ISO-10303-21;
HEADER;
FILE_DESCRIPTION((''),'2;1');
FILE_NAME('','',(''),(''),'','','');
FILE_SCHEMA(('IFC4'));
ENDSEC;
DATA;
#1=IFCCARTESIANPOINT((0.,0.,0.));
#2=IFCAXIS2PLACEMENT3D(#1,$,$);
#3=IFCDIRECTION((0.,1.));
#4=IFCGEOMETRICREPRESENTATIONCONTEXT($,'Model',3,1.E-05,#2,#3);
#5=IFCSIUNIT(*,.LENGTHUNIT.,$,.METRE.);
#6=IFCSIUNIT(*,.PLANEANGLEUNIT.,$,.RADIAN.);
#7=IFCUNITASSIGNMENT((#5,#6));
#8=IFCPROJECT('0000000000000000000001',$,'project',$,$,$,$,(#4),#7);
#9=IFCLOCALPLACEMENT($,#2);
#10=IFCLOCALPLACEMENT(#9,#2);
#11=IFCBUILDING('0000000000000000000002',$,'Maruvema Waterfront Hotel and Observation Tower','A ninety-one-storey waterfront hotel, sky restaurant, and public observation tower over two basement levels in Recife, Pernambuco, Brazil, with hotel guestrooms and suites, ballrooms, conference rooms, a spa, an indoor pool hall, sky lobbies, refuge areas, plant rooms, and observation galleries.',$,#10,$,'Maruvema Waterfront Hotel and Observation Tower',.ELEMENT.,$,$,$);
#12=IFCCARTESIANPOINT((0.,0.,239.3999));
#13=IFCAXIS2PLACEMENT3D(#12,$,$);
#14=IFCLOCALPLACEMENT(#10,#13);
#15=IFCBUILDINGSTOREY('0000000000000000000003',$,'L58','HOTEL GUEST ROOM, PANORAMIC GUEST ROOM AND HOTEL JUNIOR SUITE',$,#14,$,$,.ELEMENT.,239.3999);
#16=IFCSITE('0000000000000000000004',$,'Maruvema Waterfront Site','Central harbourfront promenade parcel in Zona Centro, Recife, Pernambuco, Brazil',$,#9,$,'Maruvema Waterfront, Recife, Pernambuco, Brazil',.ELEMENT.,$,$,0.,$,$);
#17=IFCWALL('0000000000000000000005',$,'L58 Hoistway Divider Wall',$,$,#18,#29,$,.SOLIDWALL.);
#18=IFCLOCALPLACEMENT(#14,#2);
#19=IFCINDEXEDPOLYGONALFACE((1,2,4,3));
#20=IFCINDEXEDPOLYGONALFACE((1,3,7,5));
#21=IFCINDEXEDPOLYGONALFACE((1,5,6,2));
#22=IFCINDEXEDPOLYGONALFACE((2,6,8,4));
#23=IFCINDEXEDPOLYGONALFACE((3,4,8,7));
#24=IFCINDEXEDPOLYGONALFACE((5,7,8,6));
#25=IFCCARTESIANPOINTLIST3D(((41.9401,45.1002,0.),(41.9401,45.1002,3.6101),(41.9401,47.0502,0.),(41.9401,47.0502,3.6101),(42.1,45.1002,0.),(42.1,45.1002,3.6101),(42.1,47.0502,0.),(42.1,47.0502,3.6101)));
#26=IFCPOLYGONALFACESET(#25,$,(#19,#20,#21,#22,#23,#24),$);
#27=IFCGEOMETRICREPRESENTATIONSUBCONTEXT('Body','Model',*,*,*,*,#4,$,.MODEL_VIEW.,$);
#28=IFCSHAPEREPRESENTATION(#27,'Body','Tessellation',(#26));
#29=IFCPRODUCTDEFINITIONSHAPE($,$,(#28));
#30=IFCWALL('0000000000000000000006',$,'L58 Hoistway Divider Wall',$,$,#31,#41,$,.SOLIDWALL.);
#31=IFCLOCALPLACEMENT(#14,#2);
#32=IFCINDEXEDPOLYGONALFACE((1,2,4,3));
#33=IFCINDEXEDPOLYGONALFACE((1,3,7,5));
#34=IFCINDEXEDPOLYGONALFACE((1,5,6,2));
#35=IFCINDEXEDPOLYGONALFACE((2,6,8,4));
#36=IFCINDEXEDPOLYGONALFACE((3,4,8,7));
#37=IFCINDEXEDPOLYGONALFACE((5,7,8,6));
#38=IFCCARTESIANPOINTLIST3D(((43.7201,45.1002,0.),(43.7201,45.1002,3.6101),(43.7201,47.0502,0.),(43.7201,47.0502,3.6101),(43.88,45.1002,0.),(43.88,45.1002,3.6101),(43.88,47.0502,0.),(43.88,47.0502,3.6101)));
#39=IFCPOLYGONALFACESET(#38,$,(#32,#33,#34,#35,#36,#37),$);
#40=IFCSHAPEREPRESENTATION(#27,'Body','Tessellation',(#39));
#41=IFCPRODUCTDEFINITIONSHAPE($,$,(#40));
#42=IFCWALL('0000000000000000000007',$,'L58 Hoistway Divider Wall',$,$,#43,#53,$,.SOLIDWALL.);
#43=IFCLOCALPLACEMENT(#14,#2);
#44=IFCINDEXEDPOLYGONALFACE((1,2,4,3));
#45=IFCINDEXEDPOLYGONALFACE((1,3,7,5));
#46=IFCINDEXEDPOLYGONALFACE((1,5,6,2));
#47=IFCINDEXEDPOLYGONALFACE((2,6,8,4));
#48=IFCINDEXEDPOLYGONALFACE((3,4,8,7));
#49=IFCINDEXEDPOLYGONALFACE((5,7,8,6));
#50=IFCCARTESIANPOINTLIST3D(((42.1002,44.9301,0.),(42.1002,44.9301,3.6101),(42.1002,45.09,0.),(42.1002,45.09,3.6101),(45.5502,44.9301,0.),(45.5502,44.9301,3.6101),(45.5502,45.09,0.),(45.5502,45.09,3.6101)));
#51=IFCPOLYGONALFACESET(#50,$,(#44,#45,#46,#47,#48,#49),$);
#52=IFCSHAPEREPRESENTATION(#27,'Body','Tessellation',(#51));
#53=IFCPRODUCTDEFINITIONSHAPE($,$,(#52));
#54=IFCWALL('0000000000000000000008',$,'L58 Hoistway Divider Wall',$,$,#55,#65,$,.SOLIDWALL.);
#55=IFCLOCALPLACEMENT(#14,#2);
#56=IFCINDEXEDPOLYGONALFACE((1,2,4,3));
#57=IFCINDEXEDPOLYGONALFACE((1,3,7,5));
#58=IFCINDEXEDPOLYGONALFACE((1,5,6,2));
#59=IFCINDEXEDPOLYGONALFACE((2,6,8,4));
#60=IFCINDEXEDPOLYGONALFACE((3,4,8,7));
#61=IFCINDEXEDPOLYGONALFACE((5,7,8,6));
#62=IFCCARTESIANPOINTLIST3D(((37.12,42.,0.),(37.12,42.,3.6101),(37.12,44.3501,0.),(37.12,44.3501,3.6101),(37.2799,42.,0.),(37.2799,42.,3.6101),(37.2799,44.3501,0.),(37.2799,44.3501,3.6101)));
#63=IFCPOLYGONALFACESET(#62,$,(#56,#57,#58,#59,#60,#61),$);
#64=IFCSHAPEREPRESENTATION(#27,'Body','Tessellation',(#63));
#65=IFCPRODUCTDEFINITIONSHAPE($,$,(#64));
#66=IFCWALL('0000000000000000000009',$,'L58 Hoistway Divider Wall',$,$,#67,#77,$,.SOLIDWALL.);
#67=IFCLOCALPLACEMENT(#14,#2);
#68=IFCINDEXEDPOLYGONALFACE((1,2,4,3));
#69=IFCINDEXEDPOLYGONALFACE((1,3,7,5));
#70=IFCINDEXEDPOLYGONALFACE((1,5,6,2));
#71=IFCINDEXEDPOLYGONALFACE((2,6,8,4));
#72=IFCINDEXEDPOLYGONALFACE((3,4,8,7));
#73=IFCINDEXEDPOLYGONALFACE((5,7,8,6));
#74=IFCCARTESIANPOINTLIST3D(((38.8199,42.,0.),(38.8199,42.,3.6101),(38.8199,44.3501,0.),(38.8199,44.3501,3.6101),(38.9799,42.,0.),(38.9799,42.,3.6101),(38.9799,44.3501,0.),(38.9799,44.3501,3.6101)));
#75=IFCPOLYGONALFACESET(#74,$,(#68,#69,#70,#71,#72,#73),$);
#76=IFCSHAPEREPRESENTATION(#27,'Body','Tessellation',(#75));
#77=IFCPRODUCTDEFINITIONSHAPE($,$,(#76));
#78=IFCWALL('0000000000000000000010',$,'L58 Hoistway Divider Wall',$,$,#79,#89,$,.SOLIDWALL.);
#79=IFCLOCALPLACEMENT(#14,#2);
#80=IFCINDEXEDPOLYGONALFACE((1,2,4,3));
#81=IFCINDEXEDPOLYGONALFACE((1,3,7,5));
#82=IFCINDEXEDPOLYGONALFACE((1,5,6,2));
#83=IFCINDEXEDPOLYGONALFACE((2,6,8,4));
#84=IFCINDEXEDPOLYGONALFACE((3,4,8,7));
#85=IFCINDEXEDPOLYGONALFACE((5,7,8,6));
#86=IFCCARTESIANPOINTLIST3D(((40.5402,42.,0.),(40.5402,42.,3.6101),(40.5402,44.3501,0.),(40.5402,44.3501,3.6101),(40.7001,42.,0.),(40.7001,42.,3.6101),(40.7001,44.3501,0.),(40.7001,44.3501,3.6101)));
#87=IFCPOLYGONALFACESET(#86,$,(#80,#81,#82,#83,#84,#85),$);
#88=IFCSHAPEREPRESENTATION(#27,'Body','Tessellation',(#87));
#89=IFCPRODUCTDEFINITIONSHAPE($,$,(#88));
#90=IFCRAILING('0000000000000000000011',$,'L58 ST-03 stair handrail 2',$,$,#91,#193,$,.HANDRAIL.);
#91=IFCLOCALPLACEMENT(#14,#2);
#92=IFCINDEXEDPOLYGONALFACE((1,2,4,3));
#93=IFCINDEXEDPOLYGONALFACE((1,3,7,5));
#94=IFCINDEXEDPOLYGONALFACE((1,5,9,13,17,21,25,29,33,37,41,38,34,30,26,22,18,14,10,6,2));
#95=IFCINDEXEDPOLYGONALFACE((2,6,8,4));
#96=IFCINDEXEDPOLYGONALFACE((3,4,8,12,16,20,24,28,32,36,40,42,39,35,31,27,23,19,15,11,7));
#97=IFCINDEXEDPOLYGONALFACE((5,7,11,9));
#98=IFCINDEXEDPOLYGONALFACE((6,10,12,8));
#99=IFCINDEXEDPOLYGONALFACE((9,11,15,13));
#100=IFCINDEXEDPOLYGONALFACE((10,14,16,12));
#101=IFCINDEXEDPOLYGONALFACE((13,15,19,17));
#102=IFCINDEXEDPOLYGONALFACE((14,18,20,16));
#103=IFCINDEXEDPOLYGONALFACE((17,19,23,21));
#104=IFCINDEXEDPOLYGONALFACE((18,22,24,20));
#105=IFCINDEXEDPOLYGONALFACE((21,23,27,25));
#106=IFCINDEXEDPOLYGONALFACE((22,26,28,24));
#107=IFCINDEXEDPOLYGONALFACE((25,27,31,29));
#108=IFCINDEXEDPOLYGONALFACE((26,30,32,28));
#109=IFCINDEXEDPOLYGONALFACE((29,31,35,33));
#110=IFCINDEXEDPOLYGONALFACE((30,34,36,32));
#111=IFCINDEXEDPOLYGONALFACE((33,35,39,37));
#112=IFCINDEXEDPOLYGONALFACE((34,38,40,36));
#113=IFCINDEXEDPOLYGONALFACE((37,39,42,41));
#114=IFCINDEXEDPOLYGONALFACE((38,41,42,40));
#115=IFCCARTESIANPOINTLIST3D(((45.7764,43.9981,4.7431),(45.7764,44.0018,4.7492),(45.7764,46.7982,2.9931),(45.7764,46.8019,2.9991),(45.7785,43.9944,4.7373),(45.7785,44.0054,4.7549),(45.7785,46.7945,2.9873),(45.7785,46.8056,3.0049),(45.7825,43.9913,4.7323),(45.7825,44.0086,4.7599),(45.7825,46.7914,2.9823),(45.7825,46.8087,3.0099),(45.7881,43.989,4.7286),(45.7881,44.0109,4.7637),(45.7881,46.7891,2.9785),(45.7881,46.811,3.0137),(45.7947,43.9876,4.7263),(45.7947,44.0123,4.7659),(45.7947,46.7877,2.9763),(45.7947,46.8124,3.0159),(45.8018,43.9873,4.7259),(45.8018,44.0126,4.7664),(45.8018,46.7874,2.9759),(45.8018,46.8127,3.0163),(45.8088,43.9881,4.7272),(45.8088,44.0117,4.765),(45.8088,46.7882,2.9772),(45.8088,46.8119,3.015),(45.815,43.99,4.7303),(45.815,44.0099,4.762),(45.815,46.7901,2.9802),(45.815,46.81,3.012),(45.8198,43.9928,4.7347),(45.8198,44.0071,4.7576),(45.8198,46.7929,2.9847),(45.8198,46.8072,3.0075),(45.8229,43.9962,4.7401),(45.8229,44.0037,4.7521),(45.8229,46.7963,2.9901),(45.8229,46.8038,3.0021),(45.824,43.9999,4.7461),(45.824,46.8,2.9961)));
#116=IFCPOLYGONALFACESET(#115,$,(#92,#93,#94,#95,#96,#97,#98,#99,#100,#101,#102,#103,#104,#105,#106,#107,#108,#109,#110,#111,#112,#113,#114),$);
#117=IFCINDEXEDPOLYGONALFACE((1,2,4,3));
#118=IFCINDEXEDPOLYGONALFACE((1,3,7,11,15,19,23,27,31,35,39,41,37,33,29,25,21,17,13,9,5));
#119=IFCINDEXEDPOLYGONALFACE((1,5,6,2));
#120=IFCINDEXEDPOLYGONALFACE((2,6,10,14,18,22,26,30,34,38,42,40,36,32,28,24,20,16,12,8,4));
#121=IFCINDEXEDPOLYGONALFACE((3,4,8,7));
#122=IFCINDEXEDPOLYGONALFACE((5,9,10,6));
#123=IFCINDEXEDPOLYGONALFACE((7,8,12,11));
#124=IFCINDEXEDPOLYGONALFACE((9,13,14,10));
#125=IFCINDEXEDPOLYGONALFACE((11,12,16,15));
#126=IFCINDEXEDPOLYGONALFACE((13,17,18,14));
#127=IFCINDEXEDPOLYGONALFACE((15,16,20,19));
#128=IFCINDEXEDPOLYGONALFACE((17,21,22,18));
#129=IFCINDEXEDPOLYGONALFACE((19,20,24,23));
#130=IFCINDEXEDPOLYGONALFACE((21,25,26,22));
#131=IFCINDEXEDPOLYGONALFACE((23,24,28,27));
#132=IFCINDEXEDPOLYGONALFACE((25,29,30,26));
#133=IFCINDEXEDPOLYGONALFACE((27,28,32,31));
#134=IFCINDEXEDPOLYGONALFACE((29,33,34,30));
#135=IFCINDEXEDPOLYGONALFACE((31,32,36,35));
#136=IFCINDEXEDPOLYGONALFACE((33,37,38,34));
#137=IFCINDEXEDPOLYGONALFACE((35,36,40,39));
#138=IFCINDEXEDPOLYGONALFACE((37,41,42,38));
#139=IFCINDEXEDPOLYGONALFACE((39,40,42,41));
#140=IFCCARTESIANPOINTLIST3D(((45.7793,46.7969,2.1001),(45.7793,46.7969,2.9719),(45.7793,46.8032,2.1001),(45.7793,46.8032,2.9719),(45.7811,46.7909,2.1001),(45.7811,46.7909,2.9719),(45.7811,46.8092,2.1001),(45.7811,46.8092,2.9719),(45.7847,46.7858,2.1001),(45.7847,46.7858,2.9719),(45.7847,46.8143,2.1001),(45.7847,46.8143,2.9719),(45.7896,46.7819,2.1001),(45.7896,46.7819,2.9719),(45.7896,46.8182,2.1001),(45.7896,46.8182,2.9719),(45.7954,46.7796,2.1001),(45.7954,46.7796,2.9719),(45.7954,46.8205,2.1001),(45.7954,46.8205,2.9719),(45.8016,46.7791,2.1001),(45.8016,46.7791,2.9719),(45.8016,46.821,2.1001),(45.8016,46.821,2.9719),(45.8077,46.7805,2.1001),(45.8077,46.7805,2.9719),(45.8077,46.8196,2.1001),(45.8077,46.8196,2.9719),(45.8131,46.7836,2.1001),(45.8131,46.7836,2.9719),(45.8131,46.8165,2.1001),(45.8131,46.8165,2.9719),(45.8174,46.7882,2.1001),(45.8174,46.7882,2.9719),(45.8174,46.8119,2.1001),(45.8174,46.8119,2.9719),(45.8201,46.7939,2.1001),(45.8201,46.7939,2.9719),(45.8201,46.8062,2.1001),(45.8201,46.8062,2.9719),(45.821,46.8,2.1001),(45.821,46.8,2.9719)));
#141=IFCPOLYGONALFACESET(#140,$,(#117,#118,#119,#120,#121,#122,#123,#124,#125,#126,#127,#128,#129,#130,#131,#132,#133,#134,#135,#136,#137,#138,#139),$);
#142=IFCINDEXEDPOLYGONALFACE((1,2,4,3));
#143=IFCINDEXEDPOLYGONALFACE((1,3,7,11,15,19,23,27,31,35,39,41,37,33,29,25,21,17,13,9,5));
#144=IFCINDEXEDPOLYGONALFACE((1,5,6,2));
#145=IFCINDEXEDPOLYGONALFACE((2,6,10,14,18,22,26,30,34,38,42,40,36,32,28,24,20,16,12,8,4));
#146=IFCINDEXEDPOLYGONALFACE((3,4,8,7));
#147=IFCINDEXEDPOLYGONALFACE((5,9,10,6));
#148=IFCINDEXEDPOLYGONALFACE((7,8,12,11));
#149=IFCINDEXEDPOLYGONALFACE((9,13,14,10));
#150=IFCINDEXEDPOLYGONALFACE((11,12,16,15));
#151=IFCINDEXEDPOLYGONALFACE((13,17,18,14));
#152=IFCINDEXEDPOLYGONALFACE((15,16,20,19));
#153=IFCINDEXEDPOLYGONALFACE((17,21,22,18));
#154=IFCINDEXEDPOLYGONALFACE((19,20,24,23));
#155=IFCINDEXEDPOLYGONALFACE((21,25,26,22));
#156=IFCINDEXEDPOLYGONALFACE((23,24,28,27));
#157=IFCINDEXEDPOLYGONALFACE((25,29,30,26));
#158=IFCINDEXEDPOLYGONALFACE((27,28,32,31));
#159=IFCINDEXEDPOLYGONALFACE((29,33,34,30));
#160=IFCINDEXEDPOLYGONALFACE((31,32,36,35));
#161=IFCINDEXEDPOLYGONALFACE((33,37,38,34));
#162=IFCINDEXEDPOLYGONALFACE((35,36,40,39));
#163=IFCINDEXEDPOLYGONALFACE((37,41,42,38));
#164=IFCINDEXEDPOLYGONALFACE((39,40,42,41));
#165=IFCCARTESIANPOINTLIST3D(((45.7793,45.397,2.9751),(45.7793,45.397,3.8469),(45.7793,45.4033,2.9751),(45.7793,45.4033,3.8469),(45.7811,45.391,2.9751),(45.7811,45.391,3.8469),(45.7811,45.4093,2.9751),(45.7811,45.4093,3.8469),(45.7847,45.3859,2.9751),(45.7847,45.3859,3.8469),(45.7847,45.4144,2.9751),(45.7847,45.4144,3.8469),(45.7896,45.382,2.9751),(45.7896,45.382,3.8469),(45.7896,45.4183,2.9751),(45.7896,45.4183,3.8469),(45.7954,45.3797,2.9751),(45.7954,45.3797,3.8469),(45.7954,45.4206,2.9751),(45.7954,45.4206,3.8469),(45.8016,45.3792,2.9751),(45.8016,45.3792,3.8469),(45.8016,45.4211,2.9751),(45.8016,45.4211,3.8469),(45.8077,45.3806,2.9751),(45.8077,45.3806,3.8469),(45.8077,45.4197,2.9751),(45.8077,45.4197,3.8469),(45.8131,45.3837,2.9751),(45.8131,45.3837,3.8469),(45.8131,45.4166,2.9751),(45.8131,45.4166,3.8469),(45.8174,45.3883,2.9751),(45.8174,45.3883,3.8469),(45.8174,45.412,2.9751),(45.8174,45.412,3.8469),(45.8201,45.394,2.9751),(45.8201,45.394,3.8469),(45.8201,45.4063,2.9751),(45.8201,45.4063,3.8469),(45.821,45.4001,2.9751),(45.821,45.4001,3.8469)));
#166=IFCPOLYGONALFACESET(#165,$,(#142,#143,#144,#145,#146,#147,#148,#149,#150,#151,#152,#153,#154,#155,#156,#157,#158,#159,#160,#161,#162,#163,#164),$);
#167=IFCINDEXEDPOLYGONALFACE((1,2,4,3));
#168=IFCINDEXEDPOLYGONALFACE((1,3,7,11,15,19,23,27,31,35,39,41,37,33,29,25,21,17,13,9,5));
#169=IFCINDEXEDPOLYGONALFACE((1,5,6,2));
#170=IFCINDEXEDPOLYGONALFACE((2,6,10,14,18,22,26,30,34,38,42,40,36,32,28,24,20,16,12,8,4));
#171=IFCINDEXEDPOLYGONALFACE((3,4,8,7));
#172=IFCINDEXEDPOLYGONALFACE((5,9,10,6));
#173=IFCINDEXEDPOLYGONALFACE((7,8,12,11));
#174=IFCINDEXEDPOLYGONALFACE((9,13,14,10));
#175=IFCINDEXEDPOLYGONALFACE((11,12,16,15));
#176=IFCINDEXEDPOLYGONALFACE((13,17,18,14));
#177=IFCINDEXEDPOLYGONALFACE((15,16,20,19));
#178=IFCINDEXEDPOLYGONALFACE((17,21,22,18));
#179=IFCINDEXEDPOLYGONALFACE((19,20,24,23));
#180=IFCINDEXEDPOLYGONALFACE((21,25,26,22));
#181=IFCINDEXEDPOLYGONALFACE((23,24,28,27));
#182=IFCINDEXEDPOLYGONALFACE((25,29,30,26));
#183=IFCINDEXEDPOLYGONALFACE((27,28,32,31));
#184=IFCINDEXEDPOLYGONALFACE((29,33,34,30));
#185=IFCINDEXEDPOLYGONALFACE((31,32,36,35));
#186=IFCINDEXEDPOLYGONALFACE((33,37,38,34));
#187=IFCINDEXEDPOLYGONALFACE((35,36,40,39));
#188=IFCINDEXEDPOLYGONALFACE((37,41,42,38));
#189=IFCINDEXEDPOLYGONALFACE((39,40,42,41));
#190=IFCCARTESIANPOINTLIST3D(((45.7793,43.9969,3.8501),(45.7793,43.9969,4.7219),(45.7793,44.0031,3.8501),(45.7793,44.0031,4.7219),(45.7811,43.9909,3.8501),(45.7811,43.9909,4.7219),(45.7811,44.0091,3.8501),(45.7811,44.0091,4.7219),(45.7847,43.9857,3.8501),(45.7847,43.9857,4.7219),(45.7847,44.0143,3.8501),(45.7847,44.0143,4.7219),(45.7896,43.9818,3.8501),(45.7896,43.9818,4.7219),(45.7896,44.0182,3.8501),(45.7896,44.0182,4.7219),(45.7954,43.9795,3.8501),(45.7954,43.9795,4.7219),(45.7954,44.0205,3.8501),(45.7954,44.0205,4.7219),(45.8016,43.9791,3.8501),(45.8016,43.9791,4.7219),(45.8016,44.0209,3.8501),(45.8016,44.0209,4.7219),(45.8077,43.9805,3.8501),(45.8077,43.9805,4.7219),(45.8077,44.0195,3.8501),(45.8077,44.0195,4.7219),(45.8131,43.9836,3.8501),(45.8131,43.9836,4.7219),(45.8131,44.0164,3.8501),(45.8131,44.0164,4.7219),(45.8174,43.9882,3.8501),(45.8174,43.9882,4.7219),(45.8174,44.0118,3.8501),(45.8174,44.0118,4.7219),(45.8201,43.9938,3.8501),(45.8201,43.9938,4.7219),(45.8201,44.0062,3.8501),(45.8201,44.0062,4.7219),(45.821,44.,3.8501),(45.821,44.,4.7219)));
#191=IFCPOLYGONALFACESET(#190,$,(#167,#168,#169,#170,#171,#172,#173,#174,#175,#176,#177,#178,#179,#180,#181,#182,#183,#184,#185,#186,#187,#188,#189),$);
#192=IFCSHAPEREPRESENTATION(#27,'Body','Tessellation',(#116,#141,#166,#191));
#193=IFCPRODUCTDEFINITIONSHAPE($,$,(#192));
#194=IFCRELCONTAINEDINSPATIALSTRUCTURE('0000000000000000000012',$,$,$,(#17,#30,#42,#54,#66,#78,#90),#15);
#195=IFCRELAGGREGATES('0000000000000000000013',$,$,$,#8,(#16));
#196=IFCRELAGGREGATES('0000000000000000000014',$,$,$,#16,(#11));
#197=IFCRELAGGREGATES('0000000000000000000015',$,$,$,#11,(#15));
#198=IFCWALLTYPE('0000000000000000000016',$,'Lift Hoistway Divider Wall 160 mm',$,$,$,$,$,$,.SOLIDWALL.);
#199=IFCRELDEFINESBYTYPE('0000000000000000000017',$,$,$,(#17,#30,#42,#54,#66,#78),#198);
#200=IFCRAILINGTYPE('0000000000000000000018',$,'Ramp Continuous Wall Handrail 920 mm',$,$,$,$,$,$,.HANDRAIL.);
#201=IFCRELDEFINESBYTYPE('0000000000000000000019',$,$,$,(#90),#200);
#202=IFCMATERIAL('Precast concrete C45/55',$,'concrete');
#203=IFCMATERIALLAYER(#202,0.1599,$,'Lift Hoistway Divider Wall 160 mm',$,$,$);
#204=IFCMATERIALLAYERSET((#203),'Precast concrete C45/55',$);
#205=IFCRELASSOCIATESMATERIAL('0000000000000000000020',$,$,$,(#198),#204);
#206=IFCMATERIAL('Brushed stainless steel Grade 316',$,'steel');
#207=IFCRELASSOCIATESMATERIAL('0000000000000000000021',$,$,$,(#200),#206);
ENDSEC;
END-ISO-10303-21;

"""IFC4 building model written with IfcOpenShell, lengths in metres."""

from ifc_helpers import new_model, si_unit, direction, frame, frame_2d, origin, origin_2d, place, context, subcontext, project, spatial, rectangle, circle, extrude, material, layer, layer_set, type_object, element, save


model = new_model("IFC4")

# Units and contexts
model_context = context("Model", 3, precision=1e-05, world=origin(), true_north=direction((0.0, 1.0)))
body_context = subcontext(model_context, "Body", "Model", "MODEL_VIEW")
ifc_project = project(units=[si_unit("LENGTHUNIT", "METRE"), si_unit("PLANEANGLEUNIT", "RADIAN")], contexts=[model_context])

# Site, building, storey
site_placement = place(None, origin())
site = spatial("IfcSite", under=ifc_project, at=site_placement, Name="Maruvema Waterfront Site", Description="Central harbourfront promenade parcel in Zona Centro, Recife, Pernambuco, Brazil", LongName="Maruvema Waterfront, Recife, Pernambuco, Brazil", CompositionType="ELEMENT", RefElevation=0.0)
building_placement = place(site_placement, origin())
building = spatial("IfcBuilding", under=site, at=building_placement, Name="Maruvema Waterfront Hotel and Observation Tower", Description="A ninety-one-storey waterfront hotel, sky restaurant, and public observation tower over two basement levels in Recife, Pernambuco, Brazil, with hotel guestrooms and suites, ballrooms, conference rooms, a spa, an indoor pool hall, sky lobbies, refuge areas, plant rooms, and observation galleries.", LongName="Maruvema Waterfront Hotel and Observation Tower", CompositionType="ELEMENT")
storey_placement = place(building_placement, frame((0.0, 0.0, 239.3999)))
storey = spatial("IfcBuildingStorey", under=building, at=storey_placement, Name="L58", Description="HOTEL GUEST ROOM, PANORAMIC GUEST ROOM AND HOTEL JUNIOR SUITE", CompositionType="ELEMENT", Elevation=239.3999)

# Walls
ifc_material_1 = material(Name="Precast concrete C45/55", Category="concrete")
ifc_layer_1 = layer(ifc_material_1, 0.1599, Name="Lift Hoistway Divider Wall 160 mm")
ifc_layer_set_1 = layer_set([ifc_layer_1], Name="Precast concrete C45/55")
wall_type_1 = type_object("IfcWallType", Name="Lift Hoistway Divider Wall 160 mm", PredefinedType="SOLIDWALL", material=ifc_layer_set_1)
for number, where, z_axis, x_axis, name in (
    (1, (42.02, 45.1001, 0.0), (0.0, 0.0, 1.0), (0.0, 1.0, 0.0), "L58 Hoistway Divider Wall"),
    (2, (43.8, 45.1001, 0.0), (0.0, 0.0, 1.0), (0.0, 1.0, 0.0), "L58 Hoistway Divider Wall"),
):
    element("IfcWall", number, at=place(storey_placement, frame(where, z_axis=z_axis, x_axis=x_axis)), inside=storey, type_object=wall_type_1, Name=name, PredefinedType="SOLIDWALL", context=body_context, shape_type="SweptSolid", body=[
        extrude(rectangle(XDim=1.95, YDim=0.1599, at=frame_2d((0.9751, 0.0))), origin(), (0.0, 0.0, 1.0), 3.6101),
    ])
wall_1_placement = place(storey_placement, frame((42.1001, 45.01, 0.0), z_axis=(0.0, 0.0, 1.0), x_axis=(1.0, 0.0, 0.0)))
element("IfcWall", 3, at=wall_1_placement, inside=storey, type_object=wall_type_1, Name="L58 Hoistway Divider Wall", PredefinedType="SOLIDWALL", context=body_context, shape_type="SweptSolid", body=[
    extrude(rectangle(XDim=3.45, YDim=0.1599, at=frame_2d((1.7251, 0.0))), origin(), (0.0, 0.0, 1.0), 3.6101),
])
for number, where, z_axis, x_axis, name in (
    (4, (37.2, 42.0, 0.0), (0.0, 0.0, 1.0), (0.0, 1.0, 0.0), "L58 Hoistway Divider Wall"),
    (5, (38.8999, 42.0, 0.0), (0.0, 0.0, 1.0), (0.0, 1.0, 0.0), "L58 Hoistway Divider Wall"),
    (6, (40.6201, 42.0, 0.0), (0.0, 0.0, 1.0), (0.0, 1.0, 0.0), "L58 Hoistway Divider Wall"),
):
    element("IfcWall", number, at=place(storey_placement, frame(where, z_axis=z_axis, x_axis=x_axis)), inside=storey, type_object=wall_type_1, Name=name, PredefinedType="SOLIDWALL", context=body_context, shape_type="SweptSolid", body=[
        extrude(rectangle(XDim=2.3501, YDim=0.1599, at=frame_2d((1.175, 0.0))), origin(), (0.0, 0.0, 1.0), 3.6101),
    ])

# Railing
ifc_material_2 = material(Name="Brushed stainless steel Grade 316", Category="steel")
railing_type_1 = type_object("IfcRailingType", Name="Ramp Continuous Wall Handrail 920 mm", PredefinedType="HANDRAIL", material=ifc_material_2)
railing_1_placement = place(storey_placement, frame((45.8, 46.8, 2.1001)))
element("IfcRailing", 7, at=railing_1_placement, inside=storey, type_object=railing_type_1, Name="L58 ST-03 stair handrail 2", PredefinedType="HANDRAIL", context=body_context, shape_type="SweptSolid", body=[
    extrude(circle(Radius=0.0239, at=origin_2d()), frame((0.0, 0.0, 0.896), z_axis=(0.0, -0.848002, 0.529992), x_axis=(1.0, 0.0, 0.0)), (0.0, 0.0, 1.0), 3.302),
    extrude(circle(Radius=0.021, at=origin_2d()), origin(), (0.0, 0.0, 1.0), 0.8718),
    extrude(circle(Radius=0.021, at=origin_2d()), frame((0.0, -1.3999, 0.875)), (0.0, 0.0, 1.0), 0.8718),
    extrude(circle(Radius=0.021, at=origin_2d()), frame((0.0, -2.8, 1.75)), (0.0, 0.0, 1.0), 0.8718),
])

save(model, "model.ifc")
